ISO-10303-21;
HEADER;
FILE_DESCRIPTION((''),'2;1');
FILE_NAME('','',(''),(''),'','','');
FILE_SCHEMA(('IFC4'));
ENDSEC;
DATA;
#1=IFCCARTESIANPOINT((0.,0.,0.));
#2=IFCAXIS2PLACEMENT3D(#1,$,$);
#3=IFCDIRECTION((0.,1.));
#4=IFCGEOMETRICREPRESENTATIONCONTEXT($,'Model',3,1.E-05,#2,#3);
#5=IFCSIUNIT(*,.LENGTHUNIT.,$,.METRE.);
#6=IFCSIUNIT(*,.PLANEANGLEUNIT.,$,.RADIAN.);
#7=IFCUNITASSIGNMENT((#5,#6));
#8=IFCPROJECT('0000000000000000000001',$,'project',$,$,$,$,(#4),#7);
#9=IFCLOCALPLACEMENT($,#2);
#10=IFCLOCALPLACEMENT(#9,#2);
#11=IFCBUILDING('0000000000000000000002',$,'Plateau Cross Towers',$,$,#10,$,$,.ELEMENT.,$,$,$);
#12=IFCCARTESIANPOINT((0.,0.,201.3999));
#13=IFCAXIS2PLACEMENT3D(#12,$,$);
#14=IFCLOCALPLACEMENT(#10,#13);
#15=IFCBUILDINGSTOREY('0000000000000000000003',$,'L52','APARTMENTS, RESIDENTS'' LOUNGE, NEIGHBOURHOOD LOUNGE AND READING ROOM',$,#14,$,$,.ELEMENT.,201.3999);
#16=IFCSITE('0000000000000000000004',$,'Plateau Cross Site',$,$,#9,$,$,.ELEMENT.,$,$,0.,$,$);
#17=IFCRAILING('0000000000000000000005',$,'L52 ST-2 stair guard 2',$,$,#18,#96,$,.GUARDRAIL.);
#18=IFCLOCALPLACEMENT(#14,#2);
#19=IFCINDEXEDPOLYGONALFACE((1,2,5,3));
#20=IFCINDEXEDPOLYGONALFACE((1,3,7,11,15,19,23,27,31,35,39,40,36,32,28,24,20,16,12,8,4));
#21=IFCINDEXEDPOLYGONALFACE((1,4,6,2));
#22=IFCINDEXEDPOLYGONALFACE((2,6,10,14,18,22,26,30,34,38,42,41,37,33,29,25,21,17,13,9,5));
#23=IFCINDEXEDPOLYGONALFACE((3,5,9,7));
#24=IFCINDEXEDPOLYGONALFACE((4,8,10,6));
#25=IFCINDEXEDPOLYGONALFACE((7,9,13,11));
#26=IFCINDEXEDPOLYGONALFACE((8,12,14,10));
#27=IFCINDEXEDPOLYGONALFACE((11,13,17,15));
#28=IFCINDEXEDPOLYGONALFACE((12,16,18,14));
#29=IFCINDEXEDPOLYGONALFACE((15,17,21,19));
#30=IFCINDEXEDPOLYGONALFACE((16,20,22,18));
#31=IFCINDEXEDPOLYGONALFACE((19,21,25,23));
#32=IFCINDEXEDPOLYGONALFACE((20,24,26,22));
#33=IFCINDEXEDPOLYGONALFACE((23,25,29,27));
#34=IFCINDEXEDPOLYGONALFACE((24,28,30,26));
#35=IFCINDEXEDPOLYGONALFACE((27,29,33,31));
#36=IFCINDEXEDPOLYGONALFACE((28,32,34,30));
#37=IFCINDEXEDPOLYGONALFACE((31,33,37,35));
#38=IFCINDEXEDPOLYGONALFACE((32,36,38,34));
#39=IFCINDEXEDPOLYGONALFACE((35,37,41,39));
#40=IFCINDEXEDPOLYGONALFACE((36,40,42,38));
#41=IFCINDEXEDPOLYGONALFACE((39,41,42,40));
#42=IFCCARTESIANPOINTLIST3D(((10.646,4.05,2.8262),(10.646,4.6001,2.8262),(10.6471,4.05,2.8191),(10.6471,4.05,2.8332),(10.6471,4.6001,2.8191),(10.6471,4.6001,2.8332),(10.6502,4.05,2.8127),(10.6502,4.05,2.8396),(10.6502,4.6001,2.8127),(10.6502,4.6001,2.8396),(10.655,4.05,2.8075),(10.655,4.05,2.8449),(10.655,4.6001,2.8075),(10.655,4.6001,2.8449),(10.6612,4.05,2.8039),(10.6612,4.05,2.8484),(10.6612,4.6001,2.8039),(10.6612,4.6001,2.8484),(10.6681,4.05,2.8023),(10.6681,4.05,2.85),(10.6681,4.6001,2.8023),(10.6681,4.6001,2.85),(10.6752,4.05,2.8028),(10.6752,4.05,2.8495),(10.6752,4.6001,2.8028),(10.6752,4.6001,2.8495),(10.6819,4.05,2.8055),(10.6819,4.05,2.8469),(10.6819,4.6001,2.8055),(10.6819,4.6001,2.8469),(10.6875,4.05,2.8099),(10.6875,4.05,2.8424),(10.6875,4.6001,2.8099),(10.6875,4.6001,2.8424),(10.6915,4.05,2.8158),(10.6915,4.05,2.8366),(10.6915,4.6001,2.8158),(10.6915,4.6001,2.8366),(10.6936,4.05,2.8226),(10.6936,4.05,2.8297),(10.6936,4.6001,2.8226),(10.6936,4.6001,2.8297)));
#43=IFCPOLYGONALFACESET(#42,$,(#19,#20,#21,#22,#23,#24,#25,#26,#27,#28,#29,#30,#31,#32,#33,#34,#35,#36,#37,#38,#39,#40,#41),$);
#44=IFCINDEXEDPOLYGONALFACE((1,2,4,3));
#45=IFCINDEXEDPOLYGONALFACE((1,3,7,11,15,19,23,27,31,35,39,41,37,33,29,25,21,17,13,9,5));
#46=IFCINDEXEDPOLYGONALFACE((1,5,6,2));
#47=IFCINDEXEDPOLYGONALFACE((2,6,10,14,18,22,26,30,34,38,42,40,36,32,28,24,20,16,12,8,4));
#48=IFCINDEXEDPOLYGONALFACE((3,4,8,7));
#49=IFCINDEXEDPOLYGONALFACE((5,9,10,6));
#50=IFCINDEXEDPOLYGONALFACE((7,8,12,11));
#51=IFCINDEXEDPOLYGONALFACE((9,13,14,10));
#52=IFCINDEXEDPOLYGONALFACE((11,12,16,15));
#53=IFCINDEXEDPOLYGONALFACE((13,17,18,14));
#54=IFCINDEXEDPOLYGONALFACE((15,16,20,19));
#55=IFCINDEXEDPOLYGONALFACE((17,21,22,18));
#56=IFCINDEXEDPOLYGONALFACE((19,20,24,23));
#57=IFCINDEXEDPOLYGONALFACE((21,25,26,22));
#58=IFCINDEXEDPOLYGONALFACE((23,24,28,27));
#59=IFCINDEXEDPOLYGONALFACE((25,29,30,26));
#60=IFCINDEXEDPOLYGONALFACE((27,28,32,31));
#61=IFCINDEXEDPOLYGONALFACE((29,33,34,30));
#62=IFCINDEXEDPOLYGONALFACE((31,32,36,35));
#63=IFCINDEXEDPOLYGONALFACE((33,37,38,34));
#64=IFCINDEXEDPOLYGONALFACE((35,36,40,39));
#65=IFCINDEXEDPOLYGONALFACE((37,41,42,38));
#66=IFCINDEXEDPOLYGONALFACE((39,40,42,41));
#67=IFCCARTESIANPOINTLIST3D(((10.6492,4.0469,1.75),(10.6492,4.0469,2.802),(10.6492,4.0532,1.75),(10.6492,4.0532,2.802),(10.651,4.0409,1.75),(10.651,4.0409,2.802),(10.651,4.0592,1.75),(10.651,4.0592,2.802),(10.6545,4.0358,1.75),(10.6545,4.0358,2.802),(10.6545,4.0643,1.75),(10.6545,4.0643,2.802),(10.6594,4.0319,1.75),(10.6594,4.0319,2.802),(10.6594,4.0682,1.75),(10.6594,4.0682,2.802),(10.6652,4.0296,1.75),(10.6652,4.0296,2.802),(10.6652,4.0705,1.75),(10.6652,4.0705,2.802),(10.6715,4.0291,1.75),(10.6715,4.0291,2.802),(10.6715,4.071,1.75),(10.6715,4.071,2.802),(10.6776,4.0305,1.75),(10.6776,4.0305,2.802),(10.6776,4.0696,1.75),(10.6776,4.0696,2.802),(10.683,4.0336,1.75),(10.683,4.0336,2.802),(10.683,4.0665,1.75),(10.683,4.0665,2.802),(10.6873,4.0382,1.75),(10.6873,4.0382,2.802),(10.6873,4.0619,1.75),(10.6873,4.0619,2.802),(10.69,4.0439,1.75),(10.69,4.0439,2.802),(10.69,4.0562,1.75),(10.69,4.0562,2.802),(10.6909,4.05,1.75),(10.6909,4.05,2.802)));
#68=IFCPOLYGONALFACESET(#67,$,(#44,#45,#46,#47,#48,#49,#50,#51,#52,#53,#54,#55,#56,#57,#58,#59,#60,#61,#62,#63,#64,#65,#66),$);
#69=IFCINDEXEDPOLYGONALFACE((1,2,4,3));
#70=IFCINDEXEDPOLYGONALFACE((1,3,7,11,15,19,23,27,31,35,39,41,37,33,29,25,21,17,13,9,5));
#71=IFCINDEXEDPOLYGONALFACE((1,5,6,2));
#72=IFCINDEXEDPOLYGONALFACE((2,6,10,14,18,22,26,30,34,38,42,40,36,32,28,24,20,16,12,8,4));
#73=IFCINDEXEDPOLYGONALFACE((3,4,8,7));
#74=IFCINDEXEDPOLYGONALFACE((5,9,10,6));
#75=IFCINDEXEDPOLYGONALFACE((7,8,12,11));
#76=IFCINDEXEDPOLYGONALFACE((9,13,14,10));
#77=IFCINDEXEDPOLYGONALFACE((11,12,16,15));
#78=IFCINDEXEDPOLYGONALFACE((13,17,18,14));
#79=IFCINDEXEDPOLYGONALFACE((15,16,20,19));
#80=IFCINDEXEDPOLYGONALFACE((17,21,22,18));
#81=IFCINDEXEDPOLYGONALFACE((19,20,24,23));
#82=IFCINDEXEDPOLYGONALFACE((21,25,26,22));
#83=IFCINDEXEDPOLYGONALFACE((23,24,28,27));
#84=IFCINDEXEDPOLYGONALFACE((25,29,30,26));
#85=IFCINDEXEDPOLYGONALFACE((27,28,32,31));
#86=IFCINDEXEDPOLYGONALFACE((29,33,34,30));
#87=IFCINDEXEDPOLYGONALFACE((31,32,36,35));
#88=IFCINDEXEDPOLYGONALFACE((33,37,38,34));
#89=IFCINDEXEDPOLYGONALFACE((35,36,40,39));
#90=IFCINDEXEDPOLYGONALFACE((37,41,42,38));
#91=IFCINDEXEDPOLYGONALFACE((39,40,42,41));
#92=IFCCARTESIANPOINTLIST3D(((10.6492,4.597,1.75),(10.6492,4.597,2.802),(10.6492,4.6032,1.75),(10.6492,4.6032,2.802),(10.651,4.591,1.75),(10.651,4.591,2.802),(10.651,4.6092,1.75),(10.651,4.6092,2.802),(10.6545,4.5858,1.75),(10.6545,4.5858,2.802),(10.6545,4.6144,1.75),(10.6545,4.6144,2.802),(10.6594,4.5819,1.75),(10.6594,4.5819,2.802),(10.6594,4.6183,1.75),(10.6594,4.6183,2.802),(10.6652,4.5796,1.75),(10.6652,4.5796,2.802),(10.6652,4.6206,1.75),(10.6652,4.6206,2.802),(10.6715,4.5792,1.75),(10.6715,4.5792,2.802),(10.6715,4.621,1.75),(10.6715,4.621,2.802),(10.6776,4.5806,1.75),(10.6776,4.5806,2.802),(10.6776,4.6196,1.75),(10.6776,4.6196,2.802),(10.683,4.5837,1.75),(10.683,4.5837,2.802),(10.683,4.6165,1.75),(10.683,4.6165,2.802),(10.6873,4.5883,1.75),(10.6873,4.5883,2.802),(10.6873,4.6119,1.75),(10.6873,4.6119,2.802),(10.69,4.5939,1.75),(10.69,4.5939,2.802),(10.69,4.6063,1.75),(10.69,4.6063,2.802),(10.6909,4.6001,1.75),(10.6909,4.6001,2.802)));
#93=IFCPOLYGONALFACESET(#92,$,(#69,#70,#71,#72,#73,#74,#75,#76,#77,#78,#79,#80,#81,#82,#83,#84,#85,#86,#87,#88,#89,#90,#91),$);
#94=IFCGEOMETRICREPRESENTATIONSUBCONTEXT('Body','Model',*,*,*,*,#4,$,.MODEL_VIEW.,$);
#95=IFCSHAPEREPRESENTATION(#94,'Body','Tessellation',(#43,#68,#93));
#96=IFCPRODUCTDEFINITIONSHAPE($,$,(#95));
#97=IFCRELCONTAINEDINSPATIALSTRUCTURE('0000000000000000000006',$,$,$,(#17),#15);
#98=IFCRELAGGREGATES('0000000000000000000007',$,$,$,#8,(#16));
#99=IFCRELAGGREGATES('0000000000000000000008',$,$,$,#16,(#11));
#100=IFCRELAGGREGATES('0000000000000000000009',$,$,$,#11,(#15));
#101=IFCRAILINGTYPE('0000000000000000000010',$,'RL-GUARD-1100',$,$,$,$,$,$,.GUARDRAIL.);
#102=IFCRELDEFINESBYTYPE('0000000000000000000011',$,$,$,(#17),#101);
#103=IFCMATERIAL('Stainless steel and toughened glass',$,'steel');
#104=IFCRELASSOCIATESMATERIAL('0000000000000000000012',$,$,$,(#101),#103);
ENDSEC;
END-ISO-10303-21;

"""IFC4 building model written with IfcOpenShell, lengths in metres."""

from ifc_helpers import new_model, si_unit, direction, frame, origin, origin_2d, place, context, subcontext, project, spatial, circle, extrude, material, type_object, element, save


model = new_model("IFC4")

# Units and contexts
model_context = context("Model", 3, precision=1e-05, world=origin(), true_north=direction((0.0, 1.0)))
body_context = subcontext(model_context, "Body", "Model", "MODEL_VIEW")
ifc_project = project(units=[si_unit("LENGTHUNIT", "METRE"), si_unit("PLANEANGLEUNIT", "RADIAN")], contexts=[model_context])

# Site, building, storey
site_placement = place(None, origin())
site = spatial("IfcSite", under=ifc_project, at=site_placement, Name="Plateau Cross Site", CompositionType="ELEMENT", RefElevation=0.0)
building_placement = place(site_placement, origin())
building = spatial("IfcBuilding", under=site, at=building_placement, Name="Plateau Cross Towers", CompositionType="ELEMENT")
storey_placement = place(building_placement, frame((0.0, 0.0, 201.3999)))
storey = spatial("IfcBuildingStorey", under=building, at=storey_placement, Name="L52", Description="APARTMENTS, RESIDENTS' LOUNGE, NEIGHBOURHOOD LOUNGE AND READING ROOM", CompositionType="ELEMENT", Elevation=201.3999)

# Railing
ifc_material_1 = material(Name="Stainless steel and toughened glass", Category="steel")
railing_type_1 = type_object("IfcRailingType", Name="RL-GUARD-1100", PredefinedType="GUARDRAIL", material=ifc_material_1)
railing_1_placement = place(storey_placement, frame((10.6699, 4.05, 1.75)))
element("IfcRailing", 1, at=railing_1_placement, inside=storey, type_object=railing_type_1, Name="L52 ST-2 stair guard 2", PredefinedType="GUARDRAIL", context=body_context, shape_type="SweptSolid", body=[
    extrude(circle(Radius=0.0239, at=origin_2d()), frame((0.0, 0.0, 1.0762), z_axis=(0.0, 1.0, 0.0), x_axis=(-1.0, 0.0, 0.0)), (0.0, 0.0, 1.0), 0.55),
    extrude(circle(Radius=0.021, at=origin_2d()), origin(), (0.0, 0.0, 1.0), 1.052),
    extrude(circle(Radius=0.021, at=origin_2d()), frame((0.0, 0.55, 0.0)), (0.0, 0.0, 1.0), 1.052),
])

save(model, "model.ifc")
